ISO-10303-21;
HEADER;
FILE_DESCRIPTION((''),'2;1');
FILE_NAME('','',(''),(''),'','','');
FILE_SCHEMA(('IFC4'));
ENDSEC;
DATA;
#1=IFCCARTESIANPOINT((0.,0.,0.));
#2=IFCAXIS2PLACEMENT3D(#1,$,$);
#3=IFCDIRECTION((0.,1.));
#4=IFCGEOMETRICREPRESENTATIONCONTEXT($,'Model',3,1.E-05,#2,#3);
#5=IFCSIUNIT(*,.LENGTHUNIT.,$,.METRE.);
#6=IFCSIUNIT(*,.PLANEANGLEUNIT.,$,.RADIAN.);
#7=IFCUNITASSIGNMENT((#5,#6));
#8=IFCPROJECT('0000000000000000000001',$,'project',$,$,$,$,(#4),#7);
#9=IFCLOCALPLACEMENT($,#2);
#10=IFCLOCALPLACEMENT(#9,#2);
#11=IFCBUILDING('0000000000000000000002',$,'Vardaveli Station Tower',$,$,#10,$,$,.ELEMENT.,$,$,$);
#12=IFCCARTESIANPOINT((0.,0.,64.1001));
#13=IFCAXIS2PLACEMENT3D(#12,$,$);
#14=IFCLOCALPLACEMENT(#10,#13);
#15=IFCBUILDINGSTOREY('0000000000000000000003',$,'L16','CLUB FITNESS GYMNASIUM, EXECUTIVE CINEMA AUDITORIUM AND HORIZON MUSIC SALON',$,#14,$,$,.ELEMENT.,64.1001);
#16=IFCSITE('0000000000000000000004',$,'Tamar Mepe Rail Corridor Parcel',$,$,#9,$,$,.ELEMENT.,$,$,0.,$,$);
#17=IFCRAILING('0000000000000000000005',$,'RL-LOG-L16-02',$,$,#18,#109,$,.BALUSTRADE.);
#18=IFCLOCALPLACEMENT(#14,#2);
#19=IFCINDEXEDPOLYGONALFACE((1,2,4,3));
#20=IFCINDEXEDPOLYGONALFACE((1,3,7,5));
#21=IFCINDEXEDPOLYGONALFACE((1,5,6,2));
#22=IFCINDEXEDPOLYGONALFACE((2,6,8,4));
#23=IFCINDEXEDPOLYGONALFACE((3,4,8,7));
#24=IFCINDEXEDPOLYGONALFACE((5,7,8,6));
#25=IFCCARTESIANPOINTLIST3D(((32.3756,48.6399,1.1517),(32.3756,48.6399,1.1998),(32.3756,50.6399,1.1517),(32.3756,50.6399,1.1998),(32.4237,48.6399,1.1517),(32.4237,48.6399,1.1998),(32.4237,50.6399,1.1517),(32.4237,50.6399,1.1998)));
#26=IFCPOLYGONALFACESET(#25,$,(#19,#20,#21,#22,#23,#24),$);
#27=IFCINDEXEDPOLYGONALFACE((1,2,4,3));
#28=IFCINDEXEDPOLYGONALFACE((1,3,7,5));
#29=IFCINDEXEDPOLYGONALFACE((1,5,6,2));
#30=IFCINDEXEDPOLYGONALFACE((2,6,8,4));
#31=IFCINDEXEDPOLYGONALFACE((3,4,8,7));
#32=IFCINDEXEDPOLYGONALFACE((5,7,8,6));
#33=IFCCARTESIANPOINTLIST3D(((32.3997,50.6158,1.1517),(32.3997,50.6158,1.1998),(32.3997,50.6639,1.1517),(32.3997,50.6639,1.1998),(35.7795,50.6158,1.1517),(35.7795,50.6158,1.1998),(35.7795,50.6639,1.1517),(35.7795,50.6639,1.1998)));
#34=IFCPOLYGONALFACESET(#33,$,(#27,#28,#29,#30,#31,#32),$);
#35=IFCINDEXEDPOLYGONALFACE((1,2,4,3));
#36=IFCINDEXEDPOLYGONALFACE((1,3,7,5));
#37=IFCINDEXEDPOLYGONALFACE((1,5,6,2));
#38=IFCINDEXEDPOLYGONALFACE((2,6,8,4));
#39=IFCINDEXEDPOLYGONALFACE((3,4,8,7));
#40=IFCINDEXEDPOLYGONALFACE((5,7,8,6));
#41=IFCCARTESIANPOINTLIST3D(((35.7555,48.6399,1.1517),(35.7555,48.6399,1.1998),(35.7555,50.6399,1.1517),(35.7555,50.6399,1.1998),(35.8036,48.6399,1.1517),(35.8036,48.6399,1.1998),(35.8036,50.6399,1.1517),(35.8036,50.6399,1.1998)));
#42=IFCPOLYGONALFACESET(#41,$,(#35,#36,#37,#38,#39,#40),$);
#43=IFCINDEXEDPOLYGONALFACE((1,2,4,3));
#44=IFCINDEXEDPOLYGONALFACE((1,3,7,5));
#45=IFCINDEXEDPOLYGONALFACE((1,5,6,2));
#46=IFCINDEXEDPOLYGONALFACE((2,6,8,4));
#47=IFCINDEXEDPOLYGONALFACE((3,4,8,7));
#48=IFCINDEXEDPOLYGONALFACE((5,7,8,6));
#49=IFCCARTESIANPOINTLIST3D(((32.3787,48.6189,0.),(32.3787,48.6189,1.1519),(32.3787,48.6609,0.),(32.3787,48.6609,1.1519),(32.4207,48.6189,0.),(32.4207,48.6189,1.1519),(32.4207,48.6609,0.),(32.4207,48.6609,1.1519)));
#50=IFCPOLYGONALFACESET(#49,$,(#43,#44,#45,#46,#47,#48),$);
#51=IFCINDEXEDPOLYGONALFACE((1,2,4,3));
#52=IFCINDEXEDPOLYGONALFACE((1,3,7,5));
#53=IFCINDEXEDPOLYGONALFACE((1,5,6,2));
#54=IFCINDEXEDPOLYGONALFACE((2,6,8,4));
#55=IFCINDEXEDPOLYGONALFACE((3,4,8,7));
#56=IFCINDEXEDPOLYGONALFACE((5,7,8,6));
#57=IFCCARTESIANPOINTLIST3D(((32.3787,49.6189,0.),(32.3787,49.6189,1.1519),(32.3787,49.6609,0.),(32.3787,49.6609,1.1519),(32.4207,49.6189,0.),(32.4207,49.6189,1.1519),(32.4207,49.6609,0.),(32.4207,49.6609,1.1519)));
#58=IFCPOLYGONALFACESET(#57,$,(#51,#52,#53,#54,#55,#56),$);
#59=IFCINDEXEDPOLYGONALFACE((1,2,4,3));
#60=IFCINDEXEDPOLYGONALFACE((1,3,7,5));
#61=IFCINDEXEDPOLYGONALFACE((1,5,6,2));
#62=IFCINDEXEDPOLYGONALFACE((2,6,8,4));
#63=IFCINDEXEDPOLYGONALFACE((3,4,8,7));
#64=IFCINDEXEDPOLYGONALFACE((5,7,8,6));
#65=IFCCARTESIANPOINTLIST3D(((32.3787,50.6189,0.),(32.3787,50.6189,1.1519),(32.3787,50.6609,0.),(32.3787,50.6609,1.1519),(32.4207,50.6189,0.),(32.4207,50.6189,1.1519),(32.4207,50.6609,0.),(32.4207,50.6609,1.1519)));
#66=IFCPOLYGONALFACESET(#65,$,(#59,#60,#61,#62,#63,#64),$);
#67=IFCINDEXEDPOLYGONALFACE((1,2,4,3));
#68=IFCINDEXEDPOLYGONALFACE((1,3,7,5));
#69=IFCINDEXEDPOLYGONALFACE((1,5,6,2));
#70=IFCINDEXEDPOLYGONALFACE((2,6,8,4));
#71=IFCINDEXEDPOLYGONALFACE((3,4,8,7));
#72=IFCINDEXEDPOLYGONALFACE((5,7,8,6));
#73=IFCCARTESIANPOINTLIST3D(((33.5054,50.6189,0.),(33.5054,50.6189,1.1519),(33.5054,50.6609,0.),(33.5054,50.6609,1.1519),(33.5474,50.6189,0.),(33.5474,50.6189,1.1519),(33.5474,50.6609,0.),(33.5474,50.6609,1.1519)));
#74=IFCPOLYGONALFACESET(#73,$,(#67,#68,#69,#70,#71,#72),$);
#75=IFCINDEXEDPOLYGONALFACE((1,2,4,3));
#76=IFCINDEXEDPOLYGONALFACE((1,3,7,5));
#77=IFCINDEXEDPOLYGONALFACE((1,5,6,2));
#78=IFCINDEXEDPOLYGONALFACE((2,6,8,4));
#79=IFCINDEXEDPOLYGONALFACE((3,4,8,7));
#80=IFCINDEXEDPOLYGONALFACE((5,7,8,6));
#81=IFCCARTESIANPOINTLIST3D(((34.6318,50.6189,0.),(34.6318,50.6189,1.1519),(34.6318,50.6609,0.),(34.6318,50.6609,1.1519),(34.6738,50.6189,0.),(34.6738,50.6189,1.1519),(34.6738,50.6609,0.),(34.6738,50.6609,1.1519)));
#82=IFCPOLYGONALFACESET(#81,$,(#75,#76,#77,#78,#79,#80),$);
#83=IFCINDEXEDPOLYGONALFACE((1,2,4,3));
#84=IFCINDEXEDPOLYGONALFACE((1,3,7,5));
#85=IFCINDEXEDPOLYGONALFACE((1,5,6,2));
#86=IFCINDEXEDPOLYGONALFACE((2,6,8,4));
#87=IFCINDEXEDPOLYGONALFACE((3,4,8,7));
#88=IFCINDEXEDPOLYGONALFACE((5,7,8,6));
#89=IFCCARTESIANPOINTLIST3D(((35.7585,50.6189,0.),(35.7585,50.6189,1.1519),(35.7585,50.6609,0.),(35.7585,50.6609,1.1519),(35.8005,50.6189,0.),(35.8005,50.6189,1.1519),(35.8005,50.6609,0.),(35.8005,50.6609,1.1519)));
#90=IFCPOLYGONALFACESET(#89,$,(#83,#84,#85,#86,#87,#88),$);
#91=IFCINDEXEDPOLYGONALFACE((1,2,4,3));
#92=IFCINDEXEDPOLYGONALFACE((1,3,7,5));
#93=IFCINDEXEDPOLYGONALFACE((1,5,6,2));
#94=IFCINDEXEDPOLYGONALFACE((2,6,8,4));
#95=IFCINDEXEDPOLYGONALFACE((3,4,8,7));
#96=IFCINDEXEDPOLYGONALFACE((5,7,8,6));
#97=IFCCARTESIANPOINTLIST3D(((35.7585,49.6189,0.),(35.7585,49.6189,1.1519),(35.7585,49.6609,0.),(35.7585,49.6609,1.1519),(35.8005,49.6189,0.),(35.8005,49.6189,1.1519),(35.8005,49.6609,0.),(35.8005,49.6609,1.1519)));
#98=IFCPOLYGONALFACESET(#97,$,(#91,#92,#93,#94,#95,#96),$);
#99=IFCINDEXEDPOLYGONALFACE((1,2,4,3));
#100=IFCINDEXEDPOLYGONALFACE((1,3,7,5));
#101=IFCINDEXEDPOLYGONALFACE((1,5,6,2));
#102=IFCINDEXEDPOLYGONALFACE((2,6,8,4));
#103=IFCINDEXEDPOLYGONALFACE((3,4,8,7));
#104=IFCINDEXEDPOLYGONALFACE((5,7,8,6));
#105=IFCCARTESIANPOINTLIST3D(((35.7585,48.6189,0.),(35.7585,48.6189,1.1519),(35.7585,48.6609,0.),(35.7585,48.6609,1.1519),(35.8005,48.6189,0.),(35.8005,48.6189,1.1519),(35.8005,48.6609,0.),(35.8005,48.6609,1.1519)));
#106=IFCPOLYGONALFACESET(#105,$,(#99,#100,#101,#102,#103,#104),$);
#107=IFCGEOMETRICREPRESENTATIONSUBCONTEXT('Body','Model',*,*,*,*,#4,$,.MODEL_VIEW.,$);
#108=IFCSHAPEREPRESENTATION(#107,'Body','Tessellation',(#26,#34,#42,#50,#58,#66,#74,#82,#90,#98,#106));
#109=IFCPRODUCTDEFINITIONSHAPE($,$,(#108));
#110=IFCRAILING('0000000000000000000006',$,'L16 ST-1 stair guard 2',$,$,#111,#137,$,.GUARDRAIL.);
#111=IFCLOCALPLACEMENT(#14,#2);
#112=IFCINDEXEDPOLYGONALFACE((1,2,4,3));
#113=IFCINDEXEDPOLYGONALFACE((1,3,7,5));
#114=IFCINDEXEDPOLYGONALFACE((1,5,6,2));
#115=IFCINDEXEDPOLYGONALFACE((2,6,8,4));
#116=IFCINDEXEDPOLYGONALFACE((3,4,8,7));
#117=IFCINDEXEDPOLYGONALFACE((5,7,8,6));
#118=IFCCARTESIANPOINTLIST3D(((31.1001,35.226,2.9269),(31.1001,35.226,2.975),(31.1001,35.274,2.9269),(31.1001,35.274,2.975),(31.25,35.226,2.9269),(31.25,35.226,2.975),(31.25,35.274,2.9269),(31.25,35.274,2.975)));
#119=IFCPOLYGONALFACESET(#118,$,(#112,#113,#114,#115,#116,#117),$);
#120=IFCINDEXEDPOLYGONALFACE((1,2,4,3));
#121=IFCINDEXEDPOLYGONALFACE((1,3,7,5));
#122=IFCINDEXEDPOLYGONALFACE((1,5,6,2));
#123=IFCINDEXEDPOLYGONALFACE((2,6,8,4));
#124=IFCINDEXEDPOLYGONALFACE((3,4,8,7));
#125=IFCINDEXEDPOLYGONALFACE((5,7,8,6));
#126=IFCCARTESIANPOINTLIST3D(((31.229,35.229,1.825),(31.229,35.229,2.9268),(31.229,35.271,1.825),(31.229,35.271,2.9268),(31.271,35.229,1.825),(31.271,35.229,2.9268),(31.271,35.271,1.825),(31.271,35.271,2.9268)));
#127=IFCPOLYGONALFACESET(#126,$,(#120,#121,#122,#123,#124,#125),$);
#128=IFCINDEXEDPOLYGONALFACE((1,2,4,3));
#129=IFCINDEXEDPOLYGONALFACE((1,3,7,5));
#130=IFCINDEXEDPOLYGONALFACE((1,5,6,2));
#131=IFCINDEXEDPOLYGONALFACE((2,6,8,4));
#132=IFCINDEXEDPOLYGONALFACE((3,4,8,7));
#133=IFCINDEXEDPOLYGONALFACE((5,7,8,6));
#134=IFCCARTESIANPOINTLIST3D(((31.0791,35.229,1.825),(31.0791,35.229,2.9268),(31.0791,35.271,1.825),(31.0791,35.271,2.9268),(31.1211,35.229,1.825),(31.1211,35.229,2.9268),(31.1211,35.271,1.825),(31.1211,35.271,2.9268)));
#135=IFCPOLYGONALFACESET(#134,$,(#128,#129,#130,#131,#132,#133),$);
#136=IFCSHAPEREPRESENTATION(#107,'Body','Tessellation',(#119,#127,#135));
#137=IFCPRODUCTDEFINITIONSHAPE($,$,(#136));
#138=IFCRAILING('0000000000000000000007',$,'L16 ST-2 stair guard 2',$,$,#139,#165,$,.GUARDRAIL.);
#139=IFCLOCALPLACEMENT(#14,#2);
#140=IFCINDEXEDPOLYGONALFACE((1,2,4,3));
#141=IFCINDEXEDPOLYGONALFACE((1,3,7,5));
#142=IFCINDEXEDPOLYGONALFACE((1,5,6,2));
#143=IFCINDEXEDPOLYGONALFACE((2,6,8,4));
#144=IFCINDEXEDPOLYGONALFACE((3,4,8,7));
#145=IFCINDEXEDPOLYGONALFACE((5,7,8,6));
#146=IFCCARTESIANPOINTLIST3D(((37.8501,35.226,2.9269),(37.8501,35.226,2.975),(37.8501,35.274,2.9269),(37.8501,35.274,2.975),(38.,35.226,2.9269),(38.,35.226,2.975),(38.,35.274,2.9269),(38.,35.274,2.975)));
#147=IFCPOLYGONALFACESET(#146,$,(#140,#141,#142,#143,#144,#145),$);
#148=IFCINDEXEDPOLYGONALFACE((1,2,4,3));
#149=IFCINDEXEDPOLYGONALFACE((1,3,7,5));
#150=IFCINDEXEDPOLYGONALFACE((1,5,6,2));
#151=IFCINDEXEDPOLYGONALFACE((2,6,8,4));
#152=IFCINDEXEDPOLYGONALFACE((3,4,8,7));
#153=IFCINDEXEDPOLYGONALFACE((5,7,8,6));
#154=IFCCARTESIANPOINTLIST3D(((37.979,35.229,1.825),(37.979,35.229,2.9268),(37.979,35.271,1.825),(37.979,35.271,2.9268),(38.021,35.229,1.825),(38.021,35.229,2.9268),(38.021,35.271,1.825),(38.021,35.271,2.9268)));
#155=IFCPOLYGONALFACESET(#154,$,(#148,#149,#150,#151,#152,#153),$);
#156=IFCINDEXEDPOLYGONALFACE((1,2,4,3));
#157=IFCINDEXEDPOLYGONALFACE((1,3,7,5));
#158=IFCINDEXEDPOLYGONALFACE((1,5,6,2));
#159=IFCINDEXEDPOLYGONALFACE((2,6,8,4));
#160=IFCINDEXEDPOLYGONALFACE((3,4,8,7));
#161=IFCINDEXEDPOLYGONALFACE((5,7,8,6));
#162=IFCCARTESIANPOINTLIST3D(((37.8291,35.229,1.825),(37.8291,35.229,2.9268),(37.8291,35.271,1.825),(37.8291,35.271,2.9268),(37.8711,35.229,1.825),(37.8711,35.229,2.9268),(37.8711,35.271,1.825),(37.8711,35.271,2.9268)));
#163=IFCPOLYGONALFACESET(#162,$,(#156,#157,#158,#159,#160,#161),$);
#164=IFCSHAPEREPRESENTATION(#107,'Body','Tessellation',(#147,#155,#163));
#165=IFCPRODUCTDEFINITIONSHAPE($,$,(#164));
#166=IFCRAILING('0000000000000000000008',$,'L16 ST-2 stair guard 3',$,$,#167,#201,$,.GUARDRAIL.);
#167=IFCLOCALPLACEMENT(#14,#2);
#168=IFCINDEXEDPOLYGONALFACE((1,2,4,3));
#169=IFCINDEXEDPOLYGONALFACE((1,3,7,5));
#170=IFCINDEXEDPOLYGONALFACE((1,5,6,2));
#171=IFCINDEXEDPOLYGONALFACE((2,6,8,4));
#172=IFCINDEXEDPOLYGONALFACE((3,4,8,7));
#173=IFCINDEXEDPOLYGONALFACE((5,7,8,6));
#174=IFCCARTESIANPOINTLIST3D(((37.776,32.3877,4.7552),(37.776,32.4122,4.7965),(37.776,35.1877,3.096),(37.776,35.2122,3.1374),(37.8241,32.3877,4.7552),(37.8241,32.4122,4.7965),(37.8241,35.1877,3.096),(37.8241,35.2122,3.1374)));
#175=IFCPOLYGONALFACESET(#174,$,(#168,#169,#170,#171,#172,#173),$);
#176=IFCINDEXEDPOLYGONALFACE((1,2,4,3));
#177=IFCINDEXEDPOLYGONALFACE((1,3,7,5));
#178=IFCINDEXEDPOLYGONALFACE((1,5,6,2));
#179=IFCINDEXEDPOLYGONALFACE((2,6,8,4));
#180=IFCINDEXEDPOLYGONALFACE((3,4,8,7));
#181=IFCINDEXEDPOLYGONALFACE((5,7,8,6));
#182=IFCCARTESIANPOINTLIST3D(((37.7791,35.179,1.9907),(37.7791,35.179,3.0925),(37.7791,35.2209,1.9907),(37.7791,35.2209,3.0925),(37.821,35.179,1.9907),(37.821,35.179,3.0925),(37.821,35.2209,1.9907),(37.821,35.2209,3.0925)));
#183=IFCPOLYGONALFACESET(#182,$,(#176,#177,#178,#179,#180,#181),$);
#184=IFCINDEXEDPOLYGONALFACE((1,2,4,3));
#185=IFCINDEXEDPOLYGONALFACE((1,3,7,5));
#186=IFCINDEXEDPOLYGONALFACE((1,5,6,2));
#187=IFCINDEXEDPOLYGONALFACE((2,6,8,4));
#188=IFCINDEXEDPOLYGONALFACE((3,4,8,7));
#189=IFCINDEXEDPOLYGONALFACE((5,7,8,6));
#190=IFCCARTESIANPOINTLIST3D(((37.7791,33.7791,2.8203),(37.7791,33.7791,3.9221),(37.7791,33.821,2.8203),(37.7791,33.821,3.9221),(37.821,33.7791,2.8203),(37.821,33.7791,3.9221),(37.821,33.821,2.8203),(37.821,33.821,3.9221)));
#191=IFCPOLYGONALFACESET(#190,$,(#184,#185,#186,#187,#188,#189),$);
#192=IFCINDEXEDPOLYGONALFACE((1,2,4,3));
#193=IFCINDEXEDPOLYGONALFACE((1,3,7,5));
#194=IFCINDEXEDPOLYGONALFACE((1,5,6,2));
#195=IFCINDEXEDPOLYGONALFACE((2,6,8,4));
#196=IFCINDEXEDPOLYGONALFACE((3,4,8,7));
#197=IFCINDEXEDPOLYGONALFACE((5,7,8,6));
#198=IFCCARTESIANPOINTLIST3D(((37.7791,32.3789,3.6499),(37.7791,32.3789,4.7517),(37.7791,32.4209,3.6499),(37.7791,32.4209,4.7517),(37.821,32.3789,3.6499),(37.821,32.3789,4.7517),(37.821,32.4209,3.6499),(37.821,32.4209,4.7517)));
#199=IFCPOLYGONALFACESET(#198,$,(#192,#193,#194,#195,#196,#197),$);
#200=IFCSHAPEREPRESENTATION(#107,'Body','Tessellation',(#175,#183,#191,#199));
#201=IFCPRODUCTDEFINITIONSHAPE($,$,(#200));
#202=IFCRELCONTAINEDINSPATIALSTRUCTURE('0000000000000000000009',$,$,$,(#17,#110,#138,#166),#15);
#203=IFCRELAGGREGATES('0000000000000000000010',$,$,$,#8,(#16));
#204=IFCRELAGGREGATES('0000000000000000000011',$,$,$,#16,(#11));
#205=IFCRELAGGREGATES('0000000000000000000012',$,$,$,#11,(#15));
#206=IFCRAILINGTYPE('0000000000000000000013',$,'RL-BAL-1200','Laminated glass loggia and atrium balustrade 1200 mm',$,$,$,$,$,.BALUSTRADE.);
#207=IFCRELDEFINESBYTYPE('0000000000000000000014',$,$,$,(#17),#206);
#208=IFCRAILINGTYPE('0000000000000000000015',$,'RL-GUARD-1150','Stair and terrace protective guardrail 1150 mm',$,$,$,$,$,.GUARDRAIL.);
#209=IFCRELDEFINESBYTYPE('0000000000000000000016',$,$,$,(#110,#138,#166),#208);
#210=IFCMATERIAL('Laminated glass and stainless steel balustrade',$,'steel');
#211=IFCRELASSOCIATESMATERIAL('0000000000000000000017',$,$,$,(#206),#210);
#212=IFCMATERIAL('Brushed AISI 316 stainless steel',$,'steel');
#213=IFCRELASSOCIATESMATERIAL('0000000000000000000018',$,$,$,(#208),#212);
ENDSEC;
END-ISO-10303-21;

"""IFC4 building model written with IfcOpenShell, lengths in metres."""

from ifc_helpers import new_model, si_unit, direction, frame, origin, origin_2d, place, context, subcontext, project, spatial, rectangle, extrude, source, transform, mapped, material, type_object, element, save


model = new_model("IFC4")

# Units and contexts
model_context = context("Model", 3, precision=1e-05, world=origin(), true_north=direction((0.0, 1.0)))
body_context = subcontext(model_context, "Body", "Model", "MODEL_VIEW")
ifc_project = project(units=[si_unit("LENGTHUNIT", "METRE"), si_unit("PLANEANGLEUNIT", "RADIAN")], contexts=[model_context])

# Site, building, storey
site_placement = place(None, origin())
site = spatial("IfcSite", under=ifc_project, at=site_placement, Name="Tamar Mepe Rail Corridor Parcel", CompositionType="ELEMENT", RefElevation=0.0)
building_placement = place(site_placement, origin())
building = spatial("IfcBuilding", under=site, at=building_placement, Name="Vardaveli Station Tower", CompositionType="ELEMENT")
storey_placement = place(building_placement, frame((0.0, 0.0, 64.1001)))
storey = spatial("IfcBuildingStorey", under=building, at=storey_placement, Name="L16", Description="CLUB FITNESS GYMNASIUM, EXECUTIVE CINEMA AUDITORIUM AND HORIZON MUSIC SALON", CompositionType="ELEMENT", Elevation=64.1001)

# Railings
ifc_material_1 = material(Name="Laminated glass and stainless steel balustrade", Category="steel")
railing_type_1 = type_object("IfcRailingType", Name="RL-BAL-1200", Description="Laminated glass loggia and atrium balustrade 1200 mm", PredefinedType="BALUSTRADE", material=ifc_material_1)
shared_shape_1 = source(origin(), body_context, "Body", "SweptSolid", [
    extrude(rectangle(XDim=0.0481, YDim=0.0481, at=origin_2d()), frame((0.0, 0.0, 1.1758), z_axis=(0.0, 1.0, 0.0), x_axis=(-1.0, 0.0, 0.0)), (0.0, 0.0, 1.0), 2.0),
    extrude(rectangle(XDim=0.0481, YDim=0.0481, at=origin_2d()), frame((0.0, 2.0, 1.1758), z_axis=(1.0, 0.0, 0.0), x_axis=(0.0, 1.0, 0.0)), (0.0, 0.0, 1.0), 3.3799),
    extrude(rectangle(XDim=0.0481, YDim=0.0481, at=origin_2d()), frame((3.3799, 2.0, 1.1758), z_axis=(0.0, -1.0, 0.0), x_axis=(1.0, 0.0, 0.0)), (0.0, 0.0, 1.0), 2.0),
    extrude(rectangle(XDim=0.042, YDim=0.042, at=origin_2d()), origin(), (0.0, 0.0, 1.0), 1.1519),
    extrude(rectangle(XDim=0.042, YDim=0.042, at=origin_2d()), frame((0.0, 1.0, 0.0)), (0.0, 0.0, 1.0), 1.1519),
    extrude(rectangle(XDim=0.042, YDim=0.042, at=origin_2d()), frame((0.0, 2.0, 0.0)), (0.0, 0.0, 1.0), 1.1519),
    extrude(rectangle(XDim=0.042, YDim=0.042, at=origin_2d()), frame((1.1267, 2.0, 0.0)), (0.0, 0.0, 1.0), 1.1519),
    extrude(rectangle(XDim=0.042, YDim=0.042, at=origin_2d()), frame((2.2532, 2.0, 0.0)), (0.0, 0.0, 1.0), 1.1519),
    extrude(rectangle(XDim=0.042, YDim=0.042, at=origin_2d()), frame((3.3799, 2.0, 0.0)), (0.0, 0.0, 1.0), 1.1519),
    extrude(rectangle(XDim=0.042, YDim=0.042, at=origin_2d()), frame((3.3799, 1.0, 0.0)), (0.0, 0.0, 1.0), 1.1519),
    extrude(rectangle(XDim=0.042, YDim=0.042, at=origin_2d()), frame((3.3799, 0.0, 0.0)), (0.0, 0.0, 1.0), 1.1519),
])
railing_1_placement = place(storey_placement, frame((32.3997, 48.6399, 0.0)))
element("IfcRailing", 1, at=railing_1_placement, inside=storey, type_object=railing_type_1, Name="RL-LOG-L16-02", PredefinedType="BALUSTRADE", context=body_context, shape_type="MappedRepresentation", body=[
    mapped(shared_shape_1, transform((0.0, 0.0, 0.0), scale=1.0)),
])
ifc_material_2 = material(Name="Brushed AISI 316 stainless steel", Category="steel")
railing_type_2 = type_object("IfcRailingType", Name="RL-GUARD-1150", Description="Stair and terrace protective guardrail 1150 mm", PredefinedType="GUARDRAIL", material=ifc_material_2)
shared_shape_2 = source(origin(), body_context, "Body", "SweptSolid", [
    extrude(rectangle(XDim=0.0481, YDim=0.0481, at=origin_2d()), frame((0.0, 0.0, 1.126), z_axis=(-1.0, 0.0, 0.0), x_axis=(0.0, -1.0, 0.0)), (0.0, 0.0, 1.0), 0.1499),
    extrude(rectangle(XDim=0.042, YDim=0.042, at=origin_2d()), origin(), (0.0, 0.0, 1.0), 1.1018),
    extrude(rectangle(XDim=0.042, YDim=0.042, at=origin_2d()), frame((-0.1499, 0.0, 0.0)), (0.0, 0.0, 1.0), 1.1018),
])
for number, where, name in (
    (2, (31.25, 35.25, 1.825), "L16 ST-1 stair guard 2"),
    (3, (38.0, 35.25, 1.825), "L16 ST-2 stair guard 2"),
):
    element("IfcRailing", number, at=place(storey_placement, frame(where)), inside=storey, type_object=railing_type_2, Name=name, PredefinedType="GUARDRAIL", context=body_context, shape_type="MappedRepresentation", body=[
        mapped(shared_shape_2, transform((0.0, 0.0, 0.0), scale=1.0)),
    ])
shared_shape_3 = source(origin(), body_context, "Body", "SweptSolid", [
    extrude(rectangle(XDim=0.0481, YDim=0.0481, at=origin_2d()), frame((0.0, 0.0, 1.126), z_axis=(0.0, -0.860306, 0.509778), x_axis=(1.0, 0.0, 0.0)), (0.0, 0.0, 1.0), 3.2546),
    extrude(rectangle(XDim=0.042, YDim=0.042, at=origin_2d()), origin(), (0.0, 0.0, 1.0), 1.1018),
    extrude(rectangle(XDim=0.042, YDim=0.042, at=origin_2d()), frame((0.0, -1.3999, 0.8296)), (0.0, 0.0, 1.0), 1.1018),
    extrude(rectangle(XDim=0.042, YDim=0.042, at=origin_2d()), frame((0.0, -2.8, 1.6592)), (0.0, 0.0, 1.0), 1.1018),
])
railing_2_placement = place(storey_placement, frame((37.8, 35.2, 1.9907)))
element("IfcRailing", 4, at=railing_2_placement, inside=storey, type_object=railing_type_2, Name="L16 ST-2 stair guard 3", PredefinedType="GUARDRAIL", context=body_context, shape_type="MappedRepresentation", body=[
    mapped(shared_shape_3, transform((0.0, 0.0, 0.0), scale=1.0)),
])

save(model, "model.ifc")
